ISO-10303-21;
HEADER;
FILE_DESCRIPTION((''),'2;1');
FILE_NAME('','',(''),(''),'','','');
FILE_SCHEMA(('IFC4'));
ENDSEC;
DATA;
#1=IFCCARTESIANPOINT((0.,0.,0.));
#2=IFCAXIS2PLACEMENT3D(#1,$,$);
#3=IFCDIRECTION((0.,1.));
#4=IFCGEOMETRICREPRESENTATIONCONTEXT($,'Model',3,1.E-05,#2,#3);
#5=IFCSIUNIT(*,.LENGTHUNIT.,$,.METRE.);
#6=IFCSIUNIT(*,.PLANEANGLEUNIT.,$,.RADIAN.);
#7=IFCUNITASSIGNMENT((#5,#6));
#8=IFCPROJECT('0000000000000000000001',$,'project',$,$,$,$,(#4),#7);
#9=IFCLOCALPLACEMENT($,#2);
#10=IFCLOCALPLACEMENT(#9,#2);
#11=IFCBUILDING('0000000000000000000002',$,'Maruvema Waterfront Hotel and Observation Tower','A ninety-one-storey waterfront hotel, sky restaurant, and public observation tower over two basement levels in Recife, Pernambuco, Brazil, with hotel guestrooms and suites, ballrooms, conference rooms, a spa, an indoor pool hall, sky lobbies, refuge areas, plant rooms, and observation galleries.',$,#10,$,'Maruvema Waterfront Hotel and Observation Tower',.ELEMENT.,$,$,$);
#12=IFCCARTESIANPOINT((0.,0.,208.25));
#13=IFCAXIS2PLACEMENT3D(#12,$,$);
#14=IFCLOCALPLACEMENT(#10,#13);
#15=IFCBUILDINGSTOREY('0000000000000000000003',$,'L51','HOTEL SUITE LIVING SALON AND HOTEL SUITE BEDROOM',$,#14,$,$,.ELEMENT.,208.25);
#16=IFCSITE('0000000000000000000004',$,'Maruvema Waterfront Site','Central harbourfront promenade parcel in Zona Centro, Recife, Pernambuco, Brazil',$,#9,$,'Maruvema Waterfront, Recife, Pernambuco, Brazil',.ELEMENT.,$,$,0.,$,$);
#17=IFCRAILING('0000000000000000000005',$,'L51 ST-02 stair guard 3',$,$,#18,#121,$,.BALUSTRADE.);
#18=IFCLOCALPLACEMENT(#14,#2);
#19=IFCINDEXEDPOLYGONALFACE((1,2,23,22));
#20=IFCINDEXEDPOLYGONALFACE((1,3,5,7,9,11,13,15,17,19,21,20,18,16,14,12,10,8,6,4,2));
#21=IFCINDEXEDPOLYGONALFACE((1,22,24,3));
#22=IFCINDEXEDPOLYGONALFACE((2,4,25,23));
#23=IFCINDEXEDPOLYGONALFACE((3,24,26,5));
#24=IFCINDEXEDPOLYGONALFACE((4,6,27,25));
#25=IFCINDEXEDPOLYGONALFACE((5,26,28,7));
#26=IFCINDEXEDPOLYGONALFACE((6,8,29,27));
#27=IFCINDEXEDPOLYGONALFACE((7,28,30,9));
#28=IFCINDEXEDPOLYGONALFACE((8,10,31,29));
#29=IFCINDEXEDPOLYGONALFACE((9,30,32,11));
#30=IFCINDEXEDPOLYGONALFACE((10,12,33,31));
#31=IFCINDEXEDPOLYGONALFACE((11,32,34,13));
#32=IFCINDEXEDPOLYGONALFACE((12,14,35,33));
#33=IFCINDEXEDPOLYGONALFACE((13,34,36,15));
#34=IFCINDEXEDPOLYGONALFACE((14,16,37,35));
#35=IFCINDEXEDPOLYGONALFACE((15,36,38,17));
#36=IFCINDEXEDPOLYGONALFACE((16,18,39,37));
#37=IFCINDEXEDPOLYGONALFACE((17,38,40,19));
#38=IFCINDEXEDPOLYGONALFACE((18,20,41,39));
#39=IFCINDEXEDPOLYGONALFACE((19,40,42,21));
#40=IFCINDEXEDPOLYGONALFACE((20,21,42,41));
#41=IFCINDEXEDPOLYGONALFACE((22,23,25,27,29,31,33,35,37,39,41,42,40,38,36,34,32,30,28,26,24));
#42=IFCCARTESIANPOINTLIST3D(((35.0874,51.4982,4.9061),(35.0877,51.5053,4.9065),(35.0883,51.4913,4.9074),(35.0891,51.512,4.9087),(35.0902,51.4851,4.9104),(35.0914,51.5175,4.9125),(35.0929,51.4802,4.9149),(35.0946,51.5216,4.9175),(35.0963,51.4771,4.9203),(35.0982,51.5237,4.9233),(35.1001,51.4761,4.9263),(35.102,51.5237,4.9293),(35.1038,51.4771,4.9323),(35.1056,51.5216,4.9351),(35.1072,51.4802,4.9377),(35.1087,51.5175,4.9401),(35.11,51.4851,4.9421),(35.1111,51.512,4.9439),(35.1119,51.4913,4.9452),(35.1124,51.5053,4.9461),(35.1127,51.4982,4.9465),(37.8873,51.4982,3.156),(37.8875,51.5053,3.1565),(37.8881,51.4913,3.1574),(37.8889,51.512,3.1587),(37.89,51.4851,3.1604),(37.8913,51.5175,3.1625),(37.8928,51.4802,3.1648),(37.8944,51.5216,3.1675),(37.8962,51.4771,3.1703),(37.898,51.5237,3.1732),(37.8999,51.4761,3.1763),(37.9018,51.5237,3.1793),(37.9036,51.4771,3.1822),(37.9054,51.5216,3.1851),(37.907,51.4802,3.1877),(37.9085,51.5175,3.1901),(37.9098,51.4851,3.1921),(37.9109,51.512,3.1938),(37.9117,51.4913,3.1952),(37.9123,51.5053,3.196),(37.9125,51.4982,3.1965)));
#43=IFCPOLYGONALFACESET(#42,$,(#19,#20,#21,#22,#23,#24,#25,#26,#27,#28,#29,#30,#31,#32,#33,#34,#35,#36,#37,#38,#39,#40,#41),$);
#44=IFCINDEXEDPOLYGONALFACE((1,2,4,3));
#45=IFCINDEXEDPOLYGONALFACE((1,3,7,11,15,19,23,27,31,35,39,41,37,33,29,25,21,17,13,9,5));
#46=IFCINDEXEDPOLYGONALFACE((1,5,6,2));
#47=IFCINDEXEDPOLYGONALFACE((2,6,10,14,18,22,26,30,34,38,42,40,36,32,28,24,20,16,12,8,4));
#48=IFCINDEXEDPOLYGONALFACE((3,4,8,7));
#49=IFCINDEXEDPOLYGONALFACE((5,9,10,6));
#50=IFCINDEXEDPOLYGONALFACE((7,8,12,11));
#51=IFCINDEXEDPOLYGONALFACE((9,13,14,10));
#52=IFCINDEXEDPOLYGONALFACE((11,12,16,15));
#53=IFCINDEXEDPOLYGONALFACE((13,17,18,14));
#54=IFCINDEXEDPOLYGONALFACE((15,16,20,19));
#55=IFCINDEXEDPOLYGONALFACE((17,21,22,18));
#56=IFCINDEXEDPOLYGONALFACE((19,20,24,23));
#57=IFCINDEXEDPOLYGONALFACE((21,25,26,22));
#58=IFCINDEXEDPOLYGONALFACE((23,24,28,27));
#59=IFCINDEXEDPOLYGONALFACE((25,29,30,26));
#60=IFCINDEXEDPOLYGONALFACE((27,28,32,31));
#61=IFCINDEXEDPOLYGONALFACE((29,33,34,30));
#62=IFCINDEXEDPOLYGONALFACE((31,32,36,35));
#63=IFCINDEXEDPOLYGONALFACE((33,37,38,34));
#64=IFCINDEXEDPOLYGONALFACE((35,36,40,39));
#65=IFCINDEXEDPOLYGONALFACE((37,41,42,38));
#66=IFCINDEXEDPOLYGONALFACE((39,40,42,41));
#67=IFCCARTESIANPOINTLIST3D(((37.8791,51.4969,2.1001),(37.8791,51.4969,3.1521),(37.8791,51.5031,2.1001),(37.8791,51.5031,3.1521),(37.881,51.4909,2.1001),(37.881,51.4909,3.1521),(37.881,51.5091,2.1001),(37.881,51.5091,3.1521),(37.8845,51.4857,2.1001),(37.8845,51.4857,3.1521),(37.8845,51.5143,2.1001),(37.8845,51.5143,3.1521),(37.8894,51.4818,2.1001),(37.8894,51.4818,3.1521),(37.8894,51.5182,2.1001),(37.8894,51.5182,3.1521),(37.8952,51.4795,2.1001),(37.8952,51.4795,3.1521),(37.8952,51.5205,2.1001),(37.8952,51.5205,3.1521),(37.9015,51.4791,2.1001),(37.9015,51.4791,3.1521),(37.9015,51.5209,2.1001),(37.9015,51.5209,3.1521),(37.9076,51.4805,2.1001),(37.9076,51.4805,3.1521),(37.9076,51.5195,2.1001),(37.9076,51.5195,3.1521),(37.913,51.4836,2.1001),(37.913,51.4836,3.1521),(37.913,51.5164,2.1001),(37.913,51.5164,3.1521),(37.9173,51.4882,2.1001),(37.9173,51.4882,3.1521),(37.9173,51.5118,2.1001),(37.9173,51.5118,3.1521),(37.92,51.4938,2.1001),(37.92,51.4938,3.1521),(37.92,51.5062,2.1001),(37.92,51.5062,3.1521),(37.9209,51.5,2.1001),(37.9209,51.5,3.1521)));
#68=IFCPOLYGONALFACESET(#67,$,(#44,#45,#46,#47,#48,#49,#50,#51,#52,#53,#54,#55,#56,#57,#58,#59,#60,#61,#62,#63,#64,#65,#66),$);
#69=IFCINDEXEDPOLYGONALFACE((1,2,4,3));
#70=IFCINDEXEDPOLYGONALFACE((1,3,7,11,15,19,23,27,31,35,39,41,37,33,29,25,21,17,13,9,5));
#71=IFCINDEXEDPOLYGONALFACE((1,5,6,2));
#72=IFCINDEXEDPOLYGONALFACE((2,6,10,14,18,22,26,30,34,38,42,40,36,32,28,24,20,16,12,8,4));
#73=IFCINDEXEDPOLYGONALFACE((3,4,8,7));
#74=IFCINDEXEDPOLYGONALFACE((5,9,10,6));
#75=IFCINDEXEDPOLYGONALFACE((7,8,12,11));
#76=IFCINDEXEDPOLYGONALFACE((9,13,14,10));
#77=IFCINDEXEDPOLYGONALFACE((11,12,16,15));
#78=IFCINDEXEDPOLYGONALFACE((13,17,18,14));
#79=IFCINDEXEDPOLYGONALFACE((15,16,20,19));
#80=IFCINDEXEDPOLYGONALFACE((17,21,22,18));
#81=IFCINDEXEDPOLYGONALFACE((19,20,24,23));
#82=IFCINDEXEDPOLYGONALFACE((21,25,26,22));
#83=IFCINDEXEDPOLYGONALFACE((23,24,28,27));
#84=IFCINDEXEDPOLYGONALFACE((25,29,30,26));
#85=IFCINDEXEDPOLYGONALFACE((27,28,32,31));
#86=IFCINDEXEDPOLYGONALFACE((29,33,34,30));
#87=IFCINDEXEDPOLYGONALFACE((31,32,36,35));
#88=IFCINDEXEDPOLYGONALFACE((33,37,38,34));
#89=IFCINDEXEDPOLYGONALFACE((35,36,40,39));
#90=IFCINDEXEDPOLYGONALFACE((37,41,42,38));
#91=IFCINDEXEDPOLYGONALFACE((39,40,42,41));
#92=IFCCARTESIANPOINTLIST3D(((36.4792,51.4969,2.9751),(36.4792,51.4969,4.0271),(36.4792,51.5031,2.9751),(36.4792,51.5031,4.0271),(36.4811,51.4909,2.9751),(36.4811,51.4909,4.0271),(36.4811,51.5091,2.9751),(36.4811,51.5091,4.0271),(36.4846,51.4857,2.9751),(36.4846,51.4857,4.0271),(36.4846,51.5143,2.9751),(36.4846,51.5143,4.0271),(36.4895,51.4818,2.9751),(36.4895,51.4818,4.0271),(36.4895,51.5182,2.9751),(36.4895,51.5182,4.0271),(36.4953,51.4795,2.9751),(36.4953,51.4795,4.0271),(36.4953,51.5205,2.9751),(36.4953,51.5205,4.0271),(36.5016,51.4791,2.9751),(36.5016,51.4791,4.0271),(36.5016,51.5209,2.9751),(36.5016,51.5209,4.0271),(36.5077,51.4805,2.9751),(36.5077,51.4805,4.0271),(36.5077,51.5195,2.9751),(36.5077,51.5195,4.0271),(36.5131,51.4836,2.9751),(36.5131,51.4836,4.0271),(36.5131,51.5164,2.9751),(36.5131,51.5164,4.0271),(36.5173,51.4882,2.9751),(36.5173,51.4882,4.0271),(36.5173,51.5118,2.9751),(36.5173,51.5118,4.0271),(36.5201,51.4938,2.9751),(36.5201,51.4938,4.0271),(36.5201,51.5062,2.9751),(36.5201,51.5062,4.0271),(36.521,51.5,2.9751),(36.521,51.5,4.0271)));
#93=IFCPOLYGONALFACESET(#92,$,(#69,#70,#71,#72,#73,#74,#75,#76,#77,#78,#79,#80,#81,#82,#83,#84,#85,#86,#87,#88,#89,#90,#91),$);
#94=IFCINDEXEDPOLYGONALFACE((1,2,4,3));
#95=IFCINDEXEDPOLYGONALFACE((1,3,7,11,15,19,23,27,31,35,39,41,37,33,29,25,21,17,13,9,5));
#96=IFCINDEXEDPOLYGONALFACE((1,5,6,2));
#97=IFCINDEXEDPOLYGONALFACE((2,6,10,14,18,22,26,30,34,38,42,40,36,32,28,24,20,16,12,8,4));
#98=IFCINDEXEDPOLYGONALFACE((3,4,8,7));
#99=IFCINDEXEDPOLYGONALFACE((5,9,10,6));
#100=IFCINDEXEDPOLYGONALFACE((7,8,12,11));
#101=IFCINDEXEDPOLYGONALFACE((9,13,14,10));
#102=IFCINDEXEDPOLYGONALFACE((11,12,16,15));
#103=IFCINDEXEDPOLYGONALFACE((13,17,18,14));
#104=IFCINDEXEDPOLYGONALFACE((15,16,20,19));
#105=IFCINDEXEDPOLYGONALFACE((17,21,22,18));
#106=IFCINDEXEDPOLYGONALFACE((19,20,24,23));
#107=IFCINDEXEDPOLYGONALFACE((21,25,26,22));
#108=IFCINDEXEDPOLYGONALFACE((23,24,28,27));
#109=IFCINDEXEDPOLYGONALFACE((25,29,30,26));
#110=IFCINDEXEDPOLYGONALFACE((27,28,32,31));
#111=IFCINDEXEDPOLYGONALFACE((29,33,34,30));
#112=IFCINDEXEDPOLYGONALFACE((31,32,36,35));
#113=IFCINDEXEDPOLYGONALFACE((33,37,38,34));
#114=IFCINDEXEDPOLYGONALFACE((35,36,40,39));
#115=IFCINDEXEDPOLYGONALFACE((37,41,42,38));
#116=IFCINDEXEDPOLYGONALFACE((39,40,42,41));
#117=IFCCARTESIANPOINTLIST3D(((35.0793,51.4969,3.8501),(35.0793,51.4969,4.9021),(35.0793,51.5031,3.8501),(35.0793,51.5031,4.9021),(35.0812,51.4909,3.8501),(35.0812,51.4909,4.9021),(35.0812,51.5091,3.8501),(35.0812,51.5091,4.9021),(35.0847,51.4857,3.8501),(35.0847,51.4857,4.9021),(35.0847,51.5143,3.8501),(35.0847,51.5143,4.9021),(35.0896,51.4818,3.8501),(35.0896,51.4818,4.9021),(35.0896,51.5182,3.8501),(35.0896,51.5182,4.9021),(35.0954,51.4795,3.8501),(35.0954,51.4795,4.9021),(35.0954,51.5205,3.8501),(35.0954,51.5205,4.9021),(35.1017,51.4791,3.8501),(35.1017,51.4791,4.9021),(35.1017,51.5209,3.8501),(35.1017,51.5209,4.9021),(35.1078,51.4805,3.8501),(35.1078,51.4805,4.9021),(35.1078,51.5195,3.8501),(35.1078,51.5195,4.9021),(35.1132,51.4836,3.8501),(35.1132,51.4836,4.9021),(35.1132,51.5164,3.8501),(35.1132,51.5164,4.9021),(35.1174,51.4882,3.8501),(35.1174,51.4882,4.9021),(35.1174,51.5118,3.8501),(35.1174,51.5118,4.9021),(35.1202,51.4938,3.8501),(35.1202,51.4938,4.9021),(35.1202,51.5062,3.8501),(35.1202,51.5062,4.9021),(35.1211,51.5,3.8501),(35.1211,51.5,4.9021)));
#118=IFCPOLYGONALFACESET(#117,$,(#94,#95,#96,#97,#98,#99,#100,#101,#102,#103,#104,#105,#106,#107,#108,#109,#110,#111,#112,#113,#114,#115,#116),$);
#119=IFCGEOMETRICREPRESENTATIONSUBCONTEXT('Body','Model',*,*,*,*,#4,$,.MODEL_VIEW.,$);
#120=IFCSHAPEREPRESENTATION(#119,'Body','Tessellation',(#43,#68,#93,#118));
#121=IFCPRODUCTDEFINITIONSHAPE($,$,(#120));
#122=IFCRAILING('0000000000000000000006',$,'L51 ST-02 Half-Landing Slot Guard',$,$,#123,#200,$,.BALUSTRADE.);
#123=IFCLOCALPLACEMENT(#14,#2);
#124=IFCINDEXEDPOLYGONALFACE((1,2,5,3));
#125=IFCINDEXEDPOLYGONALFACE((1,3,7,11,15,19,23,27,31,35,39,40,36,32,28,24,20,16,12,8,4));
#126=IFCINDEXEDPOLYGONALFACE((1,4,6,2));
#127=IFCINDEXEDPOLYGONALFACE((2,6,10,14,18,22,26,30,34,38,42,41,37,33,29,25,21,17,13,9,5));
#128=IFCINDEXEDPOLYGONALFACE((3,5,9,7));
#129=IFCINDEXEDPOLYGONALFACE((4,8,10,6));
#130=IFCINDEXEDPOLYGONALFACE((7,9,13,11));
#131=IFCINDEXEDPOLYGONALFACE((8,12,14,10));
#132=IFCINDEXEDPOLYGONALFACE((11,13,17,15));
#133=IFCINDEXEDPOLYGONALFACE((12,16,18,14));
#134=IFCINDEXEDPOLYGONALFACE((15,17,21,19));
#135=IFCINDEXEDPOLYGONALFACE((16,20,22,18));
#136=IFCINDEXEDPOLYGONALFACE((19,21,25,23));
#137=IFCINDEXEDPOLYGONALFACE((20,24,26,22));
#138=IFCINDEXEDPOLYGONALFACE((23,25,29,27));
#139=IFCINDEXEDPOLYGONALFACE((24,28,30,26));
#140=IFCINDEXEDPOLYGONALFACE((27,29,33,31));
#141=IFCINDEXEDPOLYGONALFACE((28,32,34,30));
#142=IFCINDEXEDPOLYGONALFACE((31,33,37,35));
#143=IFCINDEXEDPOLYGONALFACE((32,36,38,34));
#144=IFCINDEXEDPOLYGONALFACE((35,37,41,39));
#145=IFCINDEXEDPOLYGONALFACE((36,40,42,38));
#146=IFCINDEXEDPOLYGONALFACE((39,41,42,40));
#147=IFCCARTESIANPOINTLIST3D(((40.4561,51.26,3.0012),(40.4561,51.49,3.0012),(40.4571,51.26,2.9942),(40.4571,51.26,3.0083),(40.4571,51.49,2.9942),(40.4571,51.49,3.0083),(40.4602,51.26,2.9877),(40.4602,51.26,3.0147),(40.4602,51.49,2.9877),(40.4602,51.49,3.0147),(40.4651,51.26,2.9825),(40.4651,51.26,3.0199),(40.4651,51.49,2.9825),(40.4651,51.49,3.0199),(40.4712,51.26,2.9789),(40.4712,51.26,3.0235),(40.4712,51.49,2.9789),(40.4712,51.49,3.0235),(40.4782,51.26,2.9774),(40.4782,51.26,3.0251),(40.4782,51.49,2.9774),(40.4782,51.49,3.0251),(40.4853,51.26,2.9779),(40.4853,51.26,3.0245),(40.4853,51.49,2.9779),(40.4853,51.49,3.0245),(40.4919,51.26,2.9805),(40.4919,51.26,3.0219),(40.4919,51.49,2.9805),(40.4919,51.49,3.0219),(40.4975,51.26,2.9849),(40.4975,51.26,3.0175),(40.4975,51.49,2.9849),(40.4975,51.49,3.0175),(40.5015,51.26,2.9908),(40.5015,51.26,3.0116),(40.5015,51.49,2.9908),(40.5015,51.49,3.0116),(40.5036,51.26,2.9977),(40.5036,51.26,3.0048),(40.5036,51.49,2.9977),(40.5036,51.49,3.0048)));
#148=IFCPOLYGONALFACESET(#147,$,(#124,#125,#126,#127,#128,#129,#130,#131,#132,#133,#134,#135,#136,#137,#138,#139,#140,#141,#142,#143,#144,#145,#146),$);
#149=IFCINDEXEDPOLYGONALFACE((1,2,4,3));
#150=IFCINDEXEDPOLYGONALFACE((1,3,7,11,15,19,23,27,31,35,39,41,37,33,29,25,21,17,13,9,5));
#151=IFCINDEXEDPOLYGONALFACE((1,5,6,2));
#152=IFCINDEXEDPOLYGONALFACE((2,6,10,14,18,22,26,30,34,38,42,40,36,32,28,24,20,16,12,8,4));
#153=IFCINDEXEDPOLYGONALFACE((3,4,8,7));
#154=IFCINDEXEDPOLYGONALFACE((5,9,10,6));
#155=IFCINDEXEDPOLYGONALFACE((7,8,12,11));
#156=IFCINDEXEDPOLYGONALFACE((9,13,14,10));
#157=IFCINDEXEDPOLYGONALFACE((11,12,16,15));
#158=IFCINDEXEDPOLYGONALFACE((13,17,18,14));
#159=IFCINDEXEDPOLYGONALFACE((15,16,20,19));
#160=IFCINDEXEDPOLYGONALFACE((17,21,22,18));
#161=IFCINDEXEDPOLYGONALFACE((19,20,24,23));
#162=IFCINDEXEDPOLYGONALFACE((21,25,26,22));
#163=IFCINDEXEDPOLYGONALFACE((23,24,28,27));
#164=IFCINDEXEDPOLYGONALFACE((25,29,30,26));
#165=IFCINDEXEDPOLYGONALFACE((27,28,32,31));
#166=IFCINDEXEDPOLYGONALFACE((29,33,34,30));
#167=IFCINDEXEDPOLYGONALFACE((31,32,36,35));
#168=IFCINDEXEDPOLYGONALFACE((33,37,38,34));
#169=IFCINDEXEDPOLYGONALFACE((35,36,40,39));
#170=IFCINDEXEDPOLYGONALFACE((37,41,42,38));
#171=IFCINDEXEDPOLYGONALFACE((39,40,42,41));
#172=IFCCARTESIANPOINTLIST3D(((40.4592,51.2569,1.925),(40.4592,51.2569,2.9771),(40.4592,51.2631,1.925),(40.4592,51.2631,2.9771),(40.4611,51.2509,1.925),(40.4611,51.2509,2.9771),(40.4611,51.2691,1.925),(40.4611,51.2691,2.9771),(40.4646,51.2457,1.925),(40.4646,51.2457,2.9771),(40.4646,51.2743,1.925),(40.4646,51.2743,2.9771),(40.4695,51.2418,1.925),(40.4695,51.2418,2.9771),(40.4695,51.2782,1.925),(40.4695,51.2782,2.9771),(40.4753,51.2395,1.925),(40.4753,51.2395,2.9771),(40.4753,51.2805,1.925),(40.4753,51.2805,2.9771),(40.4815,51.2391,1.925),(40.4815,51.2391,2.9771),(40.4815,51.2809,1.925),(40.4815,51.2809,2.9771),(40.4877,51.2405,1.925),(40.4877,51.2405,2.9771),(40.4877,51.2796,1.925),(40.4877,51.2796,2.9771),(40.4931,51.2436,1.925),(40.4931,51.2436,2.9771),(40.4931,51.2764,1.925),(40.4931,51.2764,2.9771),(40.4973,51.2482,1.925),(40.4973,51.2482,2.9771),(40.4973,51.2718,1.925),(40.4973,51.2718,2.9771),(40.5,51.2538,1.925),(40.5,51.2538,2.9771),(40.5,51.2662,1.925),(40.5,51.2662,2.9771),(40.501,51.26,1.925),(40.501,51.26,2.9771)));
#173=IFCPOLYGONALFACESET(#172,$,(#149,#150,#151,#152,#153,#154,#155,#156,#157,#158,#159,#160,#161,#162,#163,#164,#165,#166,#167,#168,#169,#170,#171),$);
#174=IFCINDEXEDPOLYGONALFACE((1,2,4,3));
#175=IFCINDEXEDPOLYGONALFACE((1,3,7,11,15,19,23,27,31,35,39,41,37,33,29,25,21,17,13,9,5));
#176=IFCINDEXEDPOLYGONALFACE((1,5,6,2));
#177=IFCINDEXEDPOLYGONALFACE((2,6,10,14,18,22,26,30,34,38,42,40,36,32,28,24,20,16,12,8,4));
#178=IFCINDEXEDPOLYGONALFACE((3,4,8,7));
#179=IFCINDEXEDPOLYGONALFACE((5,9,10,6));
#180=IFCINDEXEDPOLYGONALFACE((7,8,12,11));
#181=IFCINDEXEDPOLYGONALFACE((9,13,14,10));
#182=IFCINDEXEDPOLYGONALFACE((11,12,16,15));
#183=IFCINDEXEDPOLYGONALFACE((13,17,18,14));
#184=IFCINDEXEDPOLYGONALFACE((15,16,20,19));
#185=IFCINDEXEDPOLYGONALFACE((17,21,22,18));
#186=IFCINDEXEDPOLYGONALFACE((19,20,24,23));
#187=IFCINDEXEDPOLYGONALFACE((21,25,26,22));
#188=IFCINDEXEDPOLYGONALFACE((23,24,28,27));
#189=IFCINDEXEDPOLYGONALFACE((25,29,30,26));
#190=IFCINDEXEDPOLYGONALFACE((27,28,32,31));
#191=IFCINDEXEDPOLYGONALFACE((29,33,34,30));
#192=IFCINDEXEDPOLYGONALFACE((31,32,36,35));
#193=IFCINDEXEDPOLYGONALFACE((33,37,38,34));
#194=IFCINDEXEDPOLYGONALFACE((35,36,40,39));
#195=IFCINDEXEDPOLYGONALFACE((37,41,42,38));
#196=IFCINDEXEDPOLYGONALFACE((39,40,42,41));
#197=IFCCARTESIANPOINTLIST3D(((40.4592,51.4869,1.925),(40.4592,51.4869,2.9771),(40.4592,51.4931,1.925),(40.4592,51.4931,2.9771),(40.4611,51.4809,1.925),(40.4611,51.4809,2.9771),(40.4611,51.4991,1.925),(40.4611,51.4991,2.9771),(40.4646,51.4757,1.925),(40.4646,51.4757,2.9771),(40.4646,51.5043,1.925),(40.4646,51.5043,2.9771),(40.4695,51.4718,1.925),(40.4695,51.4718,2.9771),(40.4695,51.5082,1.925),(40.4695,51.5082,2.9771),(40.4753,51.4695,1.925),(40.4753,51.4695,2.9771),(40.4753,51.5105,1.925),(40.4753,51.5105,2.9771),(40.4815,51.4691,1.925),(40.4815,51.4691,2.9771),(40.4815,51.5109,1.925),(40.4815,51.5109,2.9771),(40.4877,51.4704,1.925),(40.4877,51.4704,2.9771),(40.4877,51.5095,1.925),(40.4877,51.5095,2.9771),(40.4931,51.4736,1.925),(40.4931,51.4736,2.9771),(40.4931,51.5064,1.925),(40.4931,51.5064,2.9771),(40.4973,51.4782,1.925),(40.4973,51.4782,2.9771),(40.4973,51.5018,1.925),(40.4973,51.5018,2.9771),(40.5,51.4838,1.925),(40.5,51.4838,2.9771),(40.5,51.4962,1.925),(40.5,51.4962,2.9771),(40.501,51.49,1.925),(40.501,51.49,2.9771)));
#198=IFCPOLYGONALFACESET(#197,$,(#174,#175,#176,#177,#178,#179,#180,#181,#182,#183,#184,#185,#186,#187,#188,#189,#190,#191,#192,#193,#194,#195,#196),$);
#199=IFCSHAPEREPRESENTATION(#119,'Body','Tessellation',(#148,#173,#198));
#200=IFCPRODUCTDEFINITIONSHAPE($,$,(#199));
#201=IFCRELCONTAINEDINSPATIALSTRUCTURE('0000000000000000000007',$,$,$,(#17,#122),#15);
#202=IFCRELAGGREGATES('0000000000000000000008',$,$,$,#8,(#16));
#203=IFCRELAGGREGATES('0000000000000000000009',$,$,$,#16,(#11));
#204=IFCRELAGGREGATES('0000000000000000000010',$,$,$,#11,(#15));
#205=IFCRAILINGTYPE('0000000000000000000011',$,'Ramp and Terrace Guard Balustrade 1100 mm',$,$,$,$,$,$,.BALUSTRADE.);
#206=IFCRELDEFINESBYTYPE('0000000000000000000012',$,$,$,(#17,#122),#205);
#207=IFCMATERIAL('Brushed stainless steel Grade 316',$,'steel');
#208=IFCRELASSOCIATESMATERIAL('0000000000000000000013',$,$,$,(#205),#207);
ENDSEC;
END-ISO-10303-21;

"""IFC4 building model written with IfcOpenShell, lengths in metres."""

from ifc_helpers import new_model, si_unit, direction, frame, origin, origin_2d, place, context, subcontext, project, spatial, circle, extrude, material, type_object, element, save


model = new_model("IFC4")

# Units and contexts
model_context = context("Model", 3, precision=1e-05, world=origin(), true_north=direction((0.0, 1.0)))
body_context = subcontext(model_context, "Body", "Model", "MODEL_VIEW")
ifc_project = project(units=[si_unit("LENGTHUNIT", "METRE"), si_unit("PLANEANGLEUNIT", "RADIAN")], contexts=[model_context])

# Site, building, storey
site_placement = place(None, origin())
site = spatial("IfcSite", under=ifc_project, at=site_placement, Name="Maruvema Waterfront Site", Description="Central harbourfront promenade parcel in Zona Centro, Recife, Pernambuco, Brazil", LongName="Maruvema Waterfront, Recife, Pernambuco, Brazil", CompositionType="ELEMENT", RefElevation=0.0)
building_placement = place(site_placement, origin())
building = spatial("IfcBuilding", under=site, at=building_placement, Name="Maruvema Waterfront Hotel and Observation Tower", Description="A ninety-one-storey waterfront hotel, sky restaurant, and public observation tower over two basement levels in Recife, Pernambuco, Brazil, with hotel guestrooms and suites, ballrooms, conference rooms, a spa, an indoor pool hall, sky lobbies, refuge areas, plant rooms, and observation galleries.", LongName="Maruvema Waterfront Hotel and Observation Tower", CompositionType="ELEMENT")
storey_placement = place(building_placement, frame((0.0, 0.0, 208.25)))
storey = spatial("IfcBuildingStorey", under=building, at=storey_placement, Name="L51", Description="HOTEL SUITE LIVING SALON AND HOTEL SUITE BEDROOM", CompositionType="ELEMENT", Elevation=208.25)

# Railings
ifc_material_1 = material(Name="Brushed stainless steel Grade 316", Category="steel")
railing_type_1 = type_object("IfcRailingType", Name="Ramp and Terrace Guard Balustrade 1100 mm", PredefinedType="BALUSTRADE", material=ifc_material_1)
railing_1_placement = place(storey_placement, frame((37.8999, 51.5, 2.1001)))
element("IfcRailing", 1, at=railing_1_placement, inside=storey, type_object=railing_type_1, Name="L51 ST-02 stair guard 3", PredefinedType="BALUSTRADE", context=body_context, shape_type="SweptSolid", body=[
    extrude(circle(Radius=0.0239, at=origin_2d()), frame((0.0, 0.0, 1.0762), z_axis=(-0.847982, 0.0, 0.530026), x_axis=(0.0, -1.0, 0.0)), (0.0, 0.0, 1.0), 3.3018),
    extrude(circle(Radius=0.021, at=origin_2d()), origin(), (0.0, 0.0, 1.0), 1.052),
    extrude(circle(Radius=0.021, at=origin_2d()), frame((-1.3999, 0.0, 0.875)), (0.0, 0.0, 1.0), 1.052),
    extrude(circle(Radius=0.021, at=origin_2d()), frame((-2.7998, 0.0, 1.75)), (0.0, 0.0, 1.0), 1.052),
])
railing_2_placement = place(storey_placement, frame((40.48, 51.26, 1.925)))
element("IfcRailing", 2, at=railing_2_placement, inside=storey, type_object=railing_type_1, Name="L51 ST-02 Half-Landing Slot Guard", PredefinedType="BALUSTRADE", context=body_context, shape_type="SweptSolid", body=[
    extrude(circle(Radius=0.0239, at=origin_2d()), frame((0.0, 0.0, 1.0762), z_axis=(0.0, 1.0, 0.0), x_axis=(-1.0, 0.0, 0.0)), (0.0, 0.0, 1.0), 0.23),
    extrude(circle(Radius=0.021, at=origin_2d()), origin(), (0.0, 0.0, 1.0), 1.052),
    extrude(circle(Radius=0.021, at=origin_2d()), frame((0.0, 0.23, 0.0)), (0.0, 0.0, 1.0), 1.052),
])

save(model, "model.ifc")
